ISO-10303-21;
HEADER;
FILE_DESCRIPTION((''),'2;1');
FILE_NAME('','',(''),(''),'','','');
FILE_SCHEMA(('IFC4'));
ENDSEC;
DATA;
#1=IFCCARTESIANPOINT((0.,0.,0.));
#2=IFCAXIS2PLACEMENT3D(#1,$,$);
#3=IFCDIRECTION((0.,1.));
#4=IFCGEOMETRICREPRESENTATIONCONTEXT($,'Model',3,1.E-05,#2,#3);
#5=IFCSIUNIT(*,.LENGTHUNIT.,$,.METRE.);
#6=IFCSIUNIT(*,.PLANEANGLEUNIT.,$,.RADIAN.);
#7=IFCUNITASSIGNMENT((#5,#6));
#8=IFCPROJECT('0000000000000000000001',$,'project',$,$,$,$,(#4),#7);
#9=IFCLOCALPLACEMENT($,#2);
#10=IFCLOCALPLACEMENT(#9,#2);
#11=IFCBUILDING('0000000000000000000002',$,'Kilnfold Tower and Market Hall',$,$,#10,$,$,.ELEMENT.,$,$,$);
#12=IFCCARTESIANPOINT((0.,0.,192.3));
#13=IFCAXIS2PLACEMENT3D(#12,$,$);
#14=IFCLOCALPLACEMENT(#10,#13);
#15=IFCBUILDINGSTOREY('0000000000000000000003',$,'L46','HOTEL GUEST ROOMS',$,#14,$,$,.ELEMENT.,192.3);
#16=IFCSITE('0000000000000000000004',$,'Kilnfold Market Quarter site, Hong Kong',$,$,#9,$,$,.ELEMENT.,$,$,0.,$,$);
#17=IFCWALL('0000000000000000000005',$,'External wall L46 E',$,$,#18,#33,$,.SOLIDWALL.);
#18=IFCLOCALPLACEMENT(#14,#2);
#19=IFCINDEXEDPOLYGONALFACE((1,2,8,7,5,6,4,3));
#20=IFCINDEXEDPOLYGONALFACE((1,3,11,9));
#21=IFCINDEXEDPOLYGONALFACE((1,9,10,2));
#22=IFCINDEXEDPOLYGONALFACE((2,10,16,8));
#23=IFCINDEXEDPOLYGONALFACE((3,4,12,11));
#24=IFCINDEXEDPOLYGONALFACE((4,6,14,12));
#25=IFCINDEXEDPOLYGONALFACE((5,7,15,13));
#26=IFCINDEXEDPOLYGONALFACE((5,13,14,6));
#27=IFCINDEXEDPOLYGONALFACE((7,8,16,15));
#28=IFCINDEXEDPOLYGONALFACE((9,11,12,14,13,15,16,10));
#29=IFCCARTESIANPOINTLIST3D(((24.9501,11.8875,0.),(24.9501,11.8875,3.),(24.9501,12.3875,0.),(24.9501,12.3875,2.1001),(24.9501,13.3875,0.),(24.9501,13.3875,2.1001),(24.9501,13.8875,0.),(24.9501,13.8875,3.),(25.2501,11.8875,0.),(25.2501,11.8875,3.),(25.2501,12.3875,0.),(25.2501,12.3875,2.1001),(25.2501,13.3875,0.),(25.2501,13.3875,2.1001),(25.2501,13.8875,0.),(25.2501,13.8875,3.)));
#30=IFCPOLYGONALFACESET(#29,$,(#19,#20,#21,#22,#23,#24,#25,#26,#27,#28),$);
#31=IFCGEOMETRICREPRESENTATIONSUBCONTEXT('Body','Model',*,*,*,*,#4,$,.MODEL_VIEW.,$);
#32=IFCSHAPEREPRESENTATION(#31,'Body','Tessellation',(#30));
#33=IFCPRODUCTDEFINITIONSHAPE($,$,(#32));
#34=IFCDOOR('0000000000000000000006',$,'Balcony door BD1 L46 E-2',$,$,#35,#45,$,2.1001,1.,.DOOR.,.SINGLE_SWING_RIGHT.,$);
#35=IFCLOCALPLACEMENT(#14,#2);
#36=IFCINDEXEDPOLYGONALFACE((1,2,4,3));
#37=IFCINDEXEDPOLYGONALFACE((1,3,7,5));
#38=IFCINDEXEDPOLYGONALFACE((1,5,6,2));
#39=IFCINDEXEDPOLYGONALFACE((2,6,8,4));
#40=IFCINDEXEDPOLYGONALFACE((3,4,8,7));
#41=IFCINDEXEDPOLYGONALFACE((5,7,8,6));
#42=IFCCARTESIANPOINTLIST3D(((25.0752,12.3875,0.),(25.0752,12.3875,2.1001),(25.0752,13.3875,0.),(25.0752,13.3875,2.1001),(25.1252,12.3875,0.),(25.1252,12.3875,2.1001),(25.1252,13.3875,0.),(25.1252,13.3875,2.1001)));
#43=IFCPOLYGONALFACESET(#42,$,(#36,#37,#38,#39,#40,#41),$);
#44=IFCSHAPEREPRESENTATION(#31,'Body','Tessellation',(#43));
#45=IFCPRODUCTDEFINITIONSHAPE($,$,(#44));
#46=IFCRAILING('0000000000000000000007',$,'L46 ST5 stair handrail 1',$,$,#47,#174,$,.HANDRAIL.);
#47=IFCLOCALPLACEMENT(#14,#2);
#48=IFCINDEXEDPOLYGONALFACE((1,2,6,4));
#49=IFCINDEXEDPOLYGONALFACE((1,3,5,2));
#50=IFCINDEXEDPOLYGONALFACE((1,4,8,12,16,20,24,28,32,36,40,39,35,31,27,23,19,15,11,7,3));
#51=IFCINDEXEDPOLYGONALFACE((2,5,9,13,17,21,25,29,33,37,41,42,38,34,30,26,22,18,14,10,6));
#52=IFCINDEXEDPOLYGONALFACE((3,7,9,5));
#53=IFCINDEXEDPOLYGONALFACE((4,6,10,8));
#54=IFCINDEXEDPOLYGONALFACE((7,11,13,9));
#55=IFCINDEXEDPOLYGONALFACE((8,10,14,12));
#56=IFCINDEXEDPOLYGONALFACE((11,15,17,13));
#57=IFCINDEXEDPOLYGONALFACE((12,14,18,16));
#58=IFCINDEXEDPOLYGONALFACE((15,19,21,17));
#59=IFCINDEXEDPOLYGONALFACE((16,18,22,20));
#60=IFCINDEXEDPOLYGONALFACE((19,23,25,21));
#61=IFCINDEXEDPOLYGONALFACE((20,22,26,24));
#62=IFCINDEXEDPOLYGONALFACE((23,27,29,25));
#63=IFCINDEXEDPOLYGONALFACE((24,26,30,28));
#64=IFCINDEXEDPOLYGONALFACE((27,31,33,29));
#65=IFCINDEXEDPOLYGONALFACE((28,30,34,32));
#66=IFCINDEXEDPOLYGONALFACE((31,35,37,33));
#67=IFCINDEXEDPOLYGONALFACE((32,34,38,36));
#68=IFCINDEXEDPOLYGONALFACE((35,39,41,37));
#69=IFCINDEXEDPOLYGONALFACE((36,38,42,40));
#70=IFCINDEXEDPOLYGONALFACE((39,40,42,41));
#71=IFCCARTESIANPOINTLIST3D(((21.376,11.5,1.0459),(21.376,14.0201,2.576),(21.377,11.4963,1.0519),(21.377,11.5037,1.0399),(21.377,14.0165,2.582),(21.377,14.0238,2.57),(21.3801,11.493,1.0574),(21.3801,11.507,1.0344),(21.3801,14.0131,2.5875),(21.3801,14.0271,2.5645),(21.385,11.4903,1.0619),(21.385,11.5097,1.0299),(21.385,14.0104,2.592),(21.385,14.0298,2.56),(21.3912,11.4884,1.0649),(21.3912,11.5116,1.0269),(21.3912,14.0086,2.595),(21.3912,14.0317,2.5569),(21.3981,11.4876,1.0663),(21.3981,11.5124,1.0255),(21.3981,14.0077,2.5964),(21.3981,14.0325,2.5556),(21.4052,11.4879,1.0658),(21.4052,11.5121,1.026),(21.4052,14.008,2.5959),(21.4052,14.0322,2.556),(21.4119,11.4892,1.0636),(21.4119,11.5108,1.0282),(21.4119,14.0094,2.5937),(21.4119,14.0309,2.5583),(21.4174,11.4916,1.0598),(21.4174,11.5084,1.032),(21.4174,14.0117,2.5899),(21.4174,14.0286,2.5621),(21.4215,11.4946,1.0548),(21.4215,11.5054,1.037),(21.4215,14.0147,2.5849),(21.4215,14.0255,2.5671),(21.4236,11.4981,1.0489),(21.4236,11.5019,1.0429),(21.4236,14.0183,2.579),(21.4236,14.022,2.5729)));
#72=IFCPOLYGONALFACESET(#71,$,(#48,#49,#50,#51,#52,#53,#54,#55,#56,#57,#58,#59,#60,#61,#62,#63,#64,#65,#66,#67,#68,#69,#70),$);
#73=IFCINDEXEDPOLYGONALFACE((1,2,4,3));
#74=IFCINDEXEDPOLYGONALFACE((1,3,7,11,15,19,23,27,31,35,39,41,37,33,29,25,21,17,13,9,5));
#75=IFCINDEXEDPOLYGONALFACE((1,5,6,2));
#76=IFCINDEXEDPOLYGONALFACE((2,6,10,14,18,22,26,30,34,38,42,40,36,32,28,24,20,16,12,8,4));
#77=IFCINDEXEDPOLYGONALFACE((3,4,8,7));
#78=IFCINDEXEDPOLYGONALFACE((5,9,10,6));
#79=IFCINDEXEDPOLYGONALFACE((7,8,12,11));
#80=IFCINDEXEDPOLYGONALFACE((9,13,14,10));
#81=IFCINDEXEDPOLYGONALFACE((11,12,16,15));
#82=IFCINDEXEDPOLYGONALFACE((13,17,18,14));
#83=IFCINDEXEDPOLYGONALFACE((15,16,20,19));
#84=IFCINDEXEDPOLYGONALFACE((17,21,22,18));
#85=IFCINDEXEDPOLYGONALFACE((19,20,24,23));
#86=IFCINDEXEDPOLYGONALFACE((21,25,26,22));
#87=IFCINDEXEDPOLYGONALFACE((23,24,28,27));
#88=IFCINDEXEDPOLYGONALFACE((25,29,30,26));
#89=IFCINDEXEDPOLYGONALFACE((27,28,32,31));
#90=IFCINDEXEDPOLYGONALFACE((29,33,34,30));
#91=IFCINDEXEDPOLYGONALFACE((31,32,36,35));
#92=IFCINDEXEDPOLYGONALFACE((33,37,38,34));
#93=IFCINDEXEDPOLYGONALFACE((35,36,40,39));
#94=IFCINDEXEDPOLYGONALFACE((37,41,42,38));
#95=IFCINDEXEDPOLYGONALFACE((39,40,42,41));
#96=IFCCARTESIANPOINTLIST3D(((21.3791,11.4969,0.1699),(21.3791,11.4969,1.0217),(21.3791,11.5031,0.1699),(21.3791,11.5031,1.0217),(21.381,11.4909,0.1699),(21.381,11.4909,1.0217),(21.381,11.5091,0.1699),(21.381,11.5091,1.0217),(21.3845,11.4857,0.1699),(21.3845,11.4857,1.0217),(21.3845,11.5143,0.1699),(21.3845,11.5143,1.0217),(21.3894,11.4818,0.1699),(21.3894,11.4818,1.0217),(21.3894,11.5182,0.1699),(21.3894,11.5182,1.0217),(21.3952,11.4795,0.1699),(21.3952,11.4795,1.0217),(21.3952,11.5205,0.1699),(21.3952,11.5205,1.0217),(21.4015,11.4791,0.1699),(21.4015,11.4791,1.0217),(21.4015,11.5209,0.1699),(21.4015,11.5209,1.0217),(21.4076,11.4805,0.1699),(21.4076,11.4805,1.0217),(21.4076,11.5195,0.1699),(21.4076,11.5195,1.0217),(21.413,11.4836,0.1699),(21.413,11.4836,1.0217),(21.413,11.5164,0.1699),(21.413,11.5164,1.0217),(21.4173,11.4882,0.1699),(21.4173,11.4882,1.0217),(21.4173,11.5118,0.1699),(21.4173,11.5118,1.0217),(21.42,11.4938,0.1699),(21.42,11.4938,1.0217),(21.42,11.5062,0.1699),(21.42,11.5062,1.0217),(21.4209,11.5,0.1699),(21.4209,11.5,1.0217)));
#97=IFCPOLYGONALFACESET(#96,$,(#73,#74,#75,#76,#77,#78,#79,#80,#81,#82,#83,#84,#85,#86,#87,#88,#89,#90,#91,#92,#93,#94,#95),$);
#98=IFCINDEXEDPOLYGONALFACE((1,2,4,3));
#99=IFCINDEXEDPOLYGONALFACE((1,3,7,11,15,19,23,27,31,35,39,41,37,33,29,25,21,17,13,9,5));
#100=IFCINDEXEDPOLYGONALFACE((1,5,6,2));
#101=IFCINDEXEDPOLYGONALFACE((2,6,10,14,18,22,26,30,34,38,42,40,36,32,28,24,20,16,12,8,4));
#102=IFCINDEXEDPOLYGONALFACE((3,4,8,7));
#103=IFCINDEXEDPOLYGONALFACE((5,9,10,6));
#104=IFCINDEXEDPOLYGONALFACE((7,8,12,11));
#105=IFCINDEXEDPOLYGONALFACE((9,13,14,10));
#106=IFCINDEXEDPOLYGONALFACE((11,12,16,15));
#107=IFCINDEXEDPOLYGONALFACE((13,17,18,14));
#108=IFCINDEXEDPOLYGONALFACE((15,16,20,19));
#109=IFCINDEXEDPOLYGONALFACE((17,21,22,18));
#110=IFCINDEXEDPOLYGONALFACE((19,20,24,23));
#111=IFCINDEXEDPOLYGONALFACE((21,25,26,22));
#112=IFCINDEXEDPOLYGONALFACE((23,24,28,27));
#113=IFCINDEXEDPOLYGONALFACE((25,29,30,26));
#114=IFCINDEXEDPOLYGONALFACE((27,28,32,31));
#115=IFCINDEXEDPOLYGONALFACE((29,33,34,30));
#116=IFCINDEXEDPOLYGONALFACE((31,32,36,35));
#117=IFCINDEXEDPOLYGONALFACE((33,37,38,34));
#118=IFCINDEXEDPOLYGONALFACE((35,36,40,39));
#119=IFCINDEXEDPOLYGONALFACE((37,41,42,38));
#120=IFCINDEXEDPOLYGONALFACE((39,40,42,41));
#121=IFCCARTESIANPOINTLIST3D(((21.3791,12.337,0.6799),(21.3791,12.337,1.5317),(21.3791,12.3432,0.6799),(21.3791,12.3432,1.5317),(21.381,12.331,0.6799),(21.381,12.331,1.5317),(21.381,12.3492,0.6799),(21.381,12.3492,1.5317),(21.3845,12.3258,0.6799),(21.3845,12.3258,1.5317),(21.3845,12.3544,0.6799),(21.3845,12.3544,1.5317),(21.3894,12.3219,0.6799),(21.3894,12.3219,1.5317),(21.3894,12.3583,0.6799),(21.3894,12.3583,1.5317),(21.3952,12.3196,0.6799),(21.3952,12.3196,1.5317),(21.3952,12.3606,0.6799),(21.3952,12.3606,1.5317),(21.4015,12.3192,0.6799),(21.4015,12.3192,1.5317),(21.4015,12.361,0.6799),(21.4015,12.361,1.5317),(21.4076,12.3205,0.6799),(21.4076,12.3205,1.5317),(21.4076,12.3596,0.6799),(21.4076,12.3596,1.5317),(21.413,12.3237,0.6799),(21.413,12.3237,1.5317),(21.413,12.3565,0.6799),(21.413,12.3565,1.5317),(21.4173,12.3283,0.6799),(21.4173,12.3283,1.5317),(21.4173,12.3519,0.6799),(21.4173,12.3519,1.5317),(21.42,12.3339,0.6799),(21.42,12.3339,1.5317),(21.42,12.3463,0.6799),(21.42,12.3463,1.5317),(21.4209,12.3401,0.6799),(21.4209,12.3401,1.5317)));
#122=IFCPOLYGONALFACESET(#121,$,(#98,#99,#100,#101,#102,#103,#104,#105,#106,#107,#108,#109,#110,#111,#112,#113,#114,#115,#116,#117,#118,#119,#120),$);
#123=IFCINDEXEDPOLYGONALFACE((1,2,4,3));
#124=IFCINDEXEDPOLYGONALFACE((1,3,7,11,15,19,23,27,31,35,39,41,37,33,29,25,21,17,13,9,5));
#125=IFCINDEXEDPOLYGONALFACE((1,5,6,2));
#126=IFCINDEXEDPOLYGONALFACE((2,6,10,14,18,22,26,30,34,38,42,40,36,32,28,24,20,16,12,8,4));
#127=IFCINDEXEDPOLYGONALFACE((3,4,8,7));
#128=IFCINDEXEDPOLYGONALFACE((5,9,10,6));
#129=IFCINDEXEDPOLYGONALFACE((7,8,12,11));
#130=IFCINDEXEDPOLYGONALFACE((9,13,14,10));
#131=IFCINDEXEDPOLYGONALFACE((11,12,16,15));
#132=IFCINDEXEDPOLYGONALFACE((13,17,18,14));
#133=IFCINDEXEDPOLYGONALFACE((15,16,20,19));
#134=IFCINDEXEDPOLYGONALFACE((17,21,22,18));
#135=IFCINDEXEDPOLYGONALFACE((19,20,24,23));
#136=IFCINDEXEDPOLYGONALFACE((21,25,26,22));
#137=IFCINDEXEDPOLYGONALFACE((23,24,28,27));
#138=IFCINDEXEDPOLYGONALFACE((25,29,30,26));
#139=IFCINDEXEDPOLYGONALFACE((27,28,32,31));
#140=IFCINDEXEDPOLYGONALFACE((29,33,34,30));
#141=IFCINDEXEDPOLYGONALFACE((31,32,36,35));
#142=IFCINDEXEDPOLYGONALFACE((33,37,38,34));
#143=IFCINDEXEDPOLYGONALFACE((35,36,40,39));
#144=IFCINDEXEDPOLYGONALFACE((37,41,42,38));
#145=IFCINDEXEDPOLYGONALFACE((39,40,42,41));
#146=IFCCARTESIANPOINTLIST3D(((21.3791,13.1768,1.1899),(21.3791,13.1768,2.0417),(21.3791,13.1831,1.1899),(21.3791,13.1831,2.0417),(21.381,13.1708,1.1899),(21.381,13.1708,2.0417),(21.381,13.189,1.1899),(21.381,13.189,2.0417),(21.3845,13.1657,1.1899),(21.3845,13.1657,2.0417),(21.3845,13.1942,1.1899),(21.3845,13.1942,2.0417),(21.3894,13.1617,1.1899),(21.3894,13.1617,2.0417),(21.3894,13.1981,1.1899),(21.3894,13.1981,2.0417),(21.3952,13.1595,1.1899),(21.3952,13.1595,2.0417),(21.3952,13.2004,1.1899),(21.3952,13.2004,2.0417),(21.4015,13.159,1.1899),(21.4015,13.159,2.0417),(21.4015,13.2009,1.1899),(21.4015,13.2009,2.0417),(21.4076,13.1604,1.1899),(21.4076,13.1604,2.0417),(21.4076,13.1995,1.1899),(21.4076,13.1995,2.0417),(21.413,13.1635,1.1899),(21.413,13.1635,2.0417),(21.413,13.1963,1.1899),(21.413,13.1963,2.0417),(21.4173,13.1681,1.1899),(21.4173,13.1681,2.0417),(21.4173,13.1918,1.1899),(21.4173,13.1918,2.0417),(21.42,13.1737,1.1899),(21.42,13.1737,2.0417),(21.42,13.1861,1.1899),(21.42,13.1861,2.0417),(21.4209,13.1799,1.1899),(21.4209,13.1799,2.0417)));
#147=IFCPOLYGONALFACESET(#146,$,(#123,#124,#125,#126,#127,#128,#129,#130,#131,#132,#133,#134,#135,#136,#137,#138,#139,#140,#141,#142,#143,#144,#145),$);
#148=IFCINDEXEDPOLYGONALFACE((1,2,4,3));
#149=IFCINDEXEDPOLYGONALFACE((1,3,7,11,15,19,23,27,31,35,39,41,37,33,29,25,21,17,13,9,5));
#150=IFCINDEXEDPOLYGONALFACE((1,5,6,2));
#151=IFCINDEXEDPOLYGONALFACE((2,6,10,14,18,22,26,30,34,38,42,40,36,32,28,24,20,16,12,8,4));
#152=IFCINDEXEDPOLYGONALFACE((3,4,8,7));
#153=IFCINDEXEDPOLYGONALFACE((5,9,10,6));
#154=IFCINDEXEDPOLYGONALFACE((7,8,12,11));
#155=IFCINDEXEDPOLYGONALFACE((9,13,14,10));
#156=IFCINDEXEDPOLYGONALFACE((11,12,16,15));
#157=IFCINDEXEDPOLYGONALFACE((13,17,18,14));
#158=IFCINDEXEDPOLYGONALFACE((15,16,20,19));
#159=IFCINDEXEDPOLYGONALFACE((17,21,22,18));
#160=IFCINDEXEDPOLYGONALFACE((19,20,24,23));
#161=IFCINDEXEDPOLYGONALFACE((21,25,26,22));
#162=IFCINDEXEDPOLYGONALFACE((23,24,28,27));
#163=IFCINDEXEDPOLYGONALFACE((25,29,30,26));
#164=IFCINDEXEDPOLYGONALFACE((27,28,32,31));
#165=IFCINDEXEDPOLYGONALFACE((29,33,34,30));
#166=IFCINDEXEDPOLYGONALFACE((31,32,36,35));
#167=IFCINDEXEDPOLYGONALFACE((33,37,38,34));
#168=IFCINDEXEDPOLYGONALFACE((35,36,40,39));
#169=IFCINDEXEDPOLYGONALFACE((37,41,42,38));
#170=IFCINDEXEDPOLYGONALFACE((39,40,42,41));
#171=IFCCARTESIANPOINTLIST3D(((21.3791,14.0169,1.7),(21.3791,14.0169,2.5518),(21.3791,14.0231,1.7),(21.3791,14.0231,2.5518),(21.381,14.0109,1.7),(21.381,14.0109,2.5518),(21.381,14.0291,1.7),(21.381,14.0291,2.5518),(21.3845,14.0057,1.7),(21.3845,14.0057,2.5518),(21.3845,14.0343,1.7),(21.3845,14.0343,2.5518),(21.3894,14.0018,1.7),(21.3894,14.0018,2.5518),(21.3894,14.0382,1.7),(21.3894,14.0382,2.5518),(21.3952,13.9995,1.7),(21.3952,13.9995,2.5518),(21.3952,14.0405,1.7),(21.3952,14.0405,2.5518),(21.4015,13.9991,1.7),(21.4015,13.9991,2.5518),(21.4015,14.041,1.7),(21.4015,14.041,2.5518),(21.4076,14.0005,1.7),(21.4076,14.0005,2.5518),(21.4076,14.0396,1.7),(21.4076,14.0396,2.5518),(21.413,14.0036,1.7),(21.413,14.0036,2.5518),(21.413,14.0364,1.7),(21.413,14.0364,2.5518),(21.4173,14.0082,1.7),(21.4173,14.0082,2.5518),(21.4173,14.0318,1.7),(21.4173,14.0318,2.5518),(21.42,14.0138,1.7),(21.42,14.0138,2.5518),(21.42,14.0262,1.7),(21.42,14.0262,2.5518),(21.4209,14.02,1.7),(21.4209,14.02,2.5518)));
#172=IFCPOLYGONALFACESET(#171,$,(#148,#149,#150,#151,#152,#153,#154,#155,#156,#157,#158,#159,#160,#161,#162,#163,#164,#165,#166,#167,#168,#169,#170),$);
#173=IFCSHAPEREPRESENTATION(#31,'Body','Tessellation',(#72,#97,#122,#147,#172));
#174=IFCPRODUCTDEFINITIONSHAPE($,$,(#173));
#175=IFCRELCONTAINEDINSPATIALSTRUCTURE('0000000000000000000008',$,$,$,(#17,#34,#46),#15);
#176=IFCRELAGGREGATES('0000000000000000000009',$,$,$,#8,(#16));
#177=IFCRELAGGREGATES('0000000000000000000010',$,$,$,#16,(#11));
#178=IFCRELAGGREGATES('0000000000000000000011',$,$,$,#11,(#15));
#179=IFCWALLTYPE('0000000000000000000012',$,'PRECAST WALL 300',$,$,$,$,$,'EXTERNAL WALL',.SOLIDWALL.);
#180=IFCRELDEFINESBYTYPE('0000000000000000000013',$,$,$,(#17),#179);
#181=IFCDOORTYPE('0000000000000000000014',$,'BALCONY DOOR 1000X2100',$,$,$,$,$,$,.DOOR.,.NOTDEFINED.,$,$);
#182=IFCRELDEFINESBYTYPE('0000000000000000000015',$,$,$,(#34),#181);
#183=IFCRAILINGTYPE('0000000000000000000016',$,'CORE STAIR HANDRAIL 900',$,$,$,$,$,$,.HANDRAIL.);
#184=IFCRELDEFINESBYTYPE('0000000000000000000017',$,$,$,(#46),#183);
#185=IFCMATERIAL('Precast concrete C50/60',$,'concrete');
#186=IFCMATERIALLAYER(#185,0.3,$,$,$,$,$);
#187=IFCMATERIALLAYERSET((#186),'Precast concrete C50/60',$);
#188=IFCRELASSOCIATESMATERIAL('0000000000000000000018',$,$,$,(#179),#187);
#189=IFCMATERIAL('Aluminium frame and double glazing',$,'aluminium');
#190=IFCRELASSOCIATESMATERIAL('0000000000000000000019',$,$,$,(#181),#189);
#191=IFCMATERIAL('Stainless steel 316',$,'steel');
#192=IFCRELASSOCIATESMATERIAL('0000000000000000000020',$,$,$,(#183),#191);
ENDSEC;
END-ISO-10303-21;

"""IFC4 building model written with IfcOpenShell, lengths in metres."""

from ifc_helpers import new_model, si_unit, direction, frame, frame_2d, origin, origin_2d, place, context, subcontext, project, spatial, rectangle, circle, extrude, source, transform, mapped, material, layer, layer_set, type_object, element, fill, save


model = new_model("IFC4")

# Units and contexts
model_context = context("Model", 3, precision=1e-05, world=origin(), true_north=direction((0.0, 1.0)))
body_context = subcontext(model_context, "Body", "Model", "MODEL_VIEW")
ifc_project = project(units=[si_unit("LENGTHUNIT", "METRE"), si_unit("PLANEANGLEUNIT", "RADIAN")], contexts=[model_context])

# Site, building, storey
site_placement = place(None, origin())
site = spatial("IfcSite", under=ifc_project, at=site_placement, Name="Kilnfold Market Quarter site, Hong Kong", CompositionType="ELEMENT", RefElevation=0.0)
building_placement = place(site_placement, origin())
building = spatial("IfcBuilding", under=site, at=building_placement, Name="Kilnfold Tower and Market Hall", CompositionType="ELEMENT")
storey_placement = place(building_placement, frame((0.0, 0.0, 192.3)))
storey = spatial("IfcBuildingStorey", under=building, at=storey_placement, Name="L46", Description="HOTEL GUEST ROOMS", CompositionType="ELEMENT", Elevation=192.3)

# Wall, opening, door
ifc_material_1 = material(Name="Precast concrete C50/60", Category="concrete")
ifc_layer_1 = layer(ifc_material_1, 0.3)
ifc_layer_set_1 = layer_set([ifc_layer_1], Name="Precast concrete C50/60")
wall_type_1 = type_object("IfcWallType", Name="PRECAST WALL 300", ElementType="EXTERNAL WALL", PredefinedType="SOLIDWALL", material=ifc_layer_set_1)
shared_shape_1 = source(origin(), body_context, "Body", "SweptSolid", [
    extrude(rectangle(XDim=2.0, YDim=0.3, at=frame_2d((1.0, 0.0))), origin(), (0.0, 0.0, 1.0), 3.0),
])
ifc_material_2 = material(Name="Aluminium frame and double glazing", Category="aluminium")
door_type_1 = type_object("IfcDoorType", Name="BALCONY DOOR 1000X2100", OperationType="NOTDEFINED", PredefinedType="DOOR", material=ifc_material_2)
wall_1_placement = place(storey_placement, frame((25.1001, 11.8875, 0.0), z_axis=(0.0, 0.0, 1.0), x_axis=(0.0, 1.0, 0.0)))
wall_1 = element("IfcWall", 1, at=wall_1_placement, inside=storey, type_object=wall_type_1, Name="External wall L46 E", PredefinedType="SOLIDWALL", context=body_context, shape_type="MappedRepresentation", body=[
    mapped(shared_shape_1, transform((0.0, 0.0, 0.0))),
])
opening_1_placement = place(wall_1_placement, frame((0.5, 0.0, 0.0)))
opening_1 = element("IfcOpeningElement", 2, at=opening_1_placement, cuts=wall_1, PredefinedType="OPENING", context=body_context, shape_type="SweptSolid", body=[
    extrude(rectangle(XDim=1.0, YDim=2.1001, at=frame_2d((0.5, 1.05))), frame((0.0, 0.1602, 0.0), z_axis=(0.0, -1.0, 0.0), x_axis=(1.0, 0.0, 0.0)), (0.0, 0.0, 1.0), 0.3201),
])
door_1_placement = place(opening_1_placement, origin())
door_1 = element("IfcDoor", 3, at=door_1_placement, inside=storey, type_object=door_type_1, Name="Balcony door BD1 L46 E-2", OperationType="SINGLE_SWING_RIGHT", OverallHeight=2.1001, OverallWidth=1.0, PredefinedType="DOOR", context=body_context, shape_type="SweptSolid", body=[
    extrude(rectangle(XDim=1.0, YDim=2.1001, at=frame_2d((0.5, 1.05))), frame((0.0, 0.0249, 0.0), z_axis=(0.0, -1.0, 0.0), x_axis=(1.0, 0.0, 0.0)), (0.0, 0.0, 1.0), 0.05),
])
fill(opening_1, door_1)

# Railing
ifc_material_3 = material(Name="Stainless steel 316", Category="steel")
railing_type_1 = type_object("IfcRailingType", Name="CORE STAIR HANDRAIL 900", PredefinedType="HANDRAIL", material=ifc_material_3)
railing_1_placement = place(storey_placement, frame((21.3999, 11.5, 0.1699)))
element("IfcRailing", 4, at=railing_1_placement, inside=storey, type_object=railing_type_1, Name="L46 ST5 stair handrail 1", PredefinedType="HANDRAIL", context=body_context, shape_type="SweptSolid", body=[
    extrude(circle(Radius=0.0239, at=origin_2d()), frame((0.0, 0.0, 0.876), z_axis=(0.0, 0.854785, 0.518982), x_axis=(-1.0, 0.0, 0.0)), (0.0, 0.0, 1.0), 2.9482),
    extrude(circle(Radius=0.021, at=origin_2d()), origin(), (0.0, 0.0, 1.0), 0.8518),
    extrude(circle(Radius=0.021, at=origin_2d()), frame((0.0, 0.8401, 0.51)), (0.0, 0.0, 1.0), 0.8518),
    extrude(circle(Radius=0.021, at=origin_2d()), frame((0.0, 1.6799, 1.02)), (0.0, 0.0, 1.0), 0.8518),
    extrude(circle(Radius=0.021, at=origin_2d()), frame((0.0, 2.52, 1.53)), (0.0, 0.0, 1.0), 0.8518),
])

save(model, "model.ifc")
